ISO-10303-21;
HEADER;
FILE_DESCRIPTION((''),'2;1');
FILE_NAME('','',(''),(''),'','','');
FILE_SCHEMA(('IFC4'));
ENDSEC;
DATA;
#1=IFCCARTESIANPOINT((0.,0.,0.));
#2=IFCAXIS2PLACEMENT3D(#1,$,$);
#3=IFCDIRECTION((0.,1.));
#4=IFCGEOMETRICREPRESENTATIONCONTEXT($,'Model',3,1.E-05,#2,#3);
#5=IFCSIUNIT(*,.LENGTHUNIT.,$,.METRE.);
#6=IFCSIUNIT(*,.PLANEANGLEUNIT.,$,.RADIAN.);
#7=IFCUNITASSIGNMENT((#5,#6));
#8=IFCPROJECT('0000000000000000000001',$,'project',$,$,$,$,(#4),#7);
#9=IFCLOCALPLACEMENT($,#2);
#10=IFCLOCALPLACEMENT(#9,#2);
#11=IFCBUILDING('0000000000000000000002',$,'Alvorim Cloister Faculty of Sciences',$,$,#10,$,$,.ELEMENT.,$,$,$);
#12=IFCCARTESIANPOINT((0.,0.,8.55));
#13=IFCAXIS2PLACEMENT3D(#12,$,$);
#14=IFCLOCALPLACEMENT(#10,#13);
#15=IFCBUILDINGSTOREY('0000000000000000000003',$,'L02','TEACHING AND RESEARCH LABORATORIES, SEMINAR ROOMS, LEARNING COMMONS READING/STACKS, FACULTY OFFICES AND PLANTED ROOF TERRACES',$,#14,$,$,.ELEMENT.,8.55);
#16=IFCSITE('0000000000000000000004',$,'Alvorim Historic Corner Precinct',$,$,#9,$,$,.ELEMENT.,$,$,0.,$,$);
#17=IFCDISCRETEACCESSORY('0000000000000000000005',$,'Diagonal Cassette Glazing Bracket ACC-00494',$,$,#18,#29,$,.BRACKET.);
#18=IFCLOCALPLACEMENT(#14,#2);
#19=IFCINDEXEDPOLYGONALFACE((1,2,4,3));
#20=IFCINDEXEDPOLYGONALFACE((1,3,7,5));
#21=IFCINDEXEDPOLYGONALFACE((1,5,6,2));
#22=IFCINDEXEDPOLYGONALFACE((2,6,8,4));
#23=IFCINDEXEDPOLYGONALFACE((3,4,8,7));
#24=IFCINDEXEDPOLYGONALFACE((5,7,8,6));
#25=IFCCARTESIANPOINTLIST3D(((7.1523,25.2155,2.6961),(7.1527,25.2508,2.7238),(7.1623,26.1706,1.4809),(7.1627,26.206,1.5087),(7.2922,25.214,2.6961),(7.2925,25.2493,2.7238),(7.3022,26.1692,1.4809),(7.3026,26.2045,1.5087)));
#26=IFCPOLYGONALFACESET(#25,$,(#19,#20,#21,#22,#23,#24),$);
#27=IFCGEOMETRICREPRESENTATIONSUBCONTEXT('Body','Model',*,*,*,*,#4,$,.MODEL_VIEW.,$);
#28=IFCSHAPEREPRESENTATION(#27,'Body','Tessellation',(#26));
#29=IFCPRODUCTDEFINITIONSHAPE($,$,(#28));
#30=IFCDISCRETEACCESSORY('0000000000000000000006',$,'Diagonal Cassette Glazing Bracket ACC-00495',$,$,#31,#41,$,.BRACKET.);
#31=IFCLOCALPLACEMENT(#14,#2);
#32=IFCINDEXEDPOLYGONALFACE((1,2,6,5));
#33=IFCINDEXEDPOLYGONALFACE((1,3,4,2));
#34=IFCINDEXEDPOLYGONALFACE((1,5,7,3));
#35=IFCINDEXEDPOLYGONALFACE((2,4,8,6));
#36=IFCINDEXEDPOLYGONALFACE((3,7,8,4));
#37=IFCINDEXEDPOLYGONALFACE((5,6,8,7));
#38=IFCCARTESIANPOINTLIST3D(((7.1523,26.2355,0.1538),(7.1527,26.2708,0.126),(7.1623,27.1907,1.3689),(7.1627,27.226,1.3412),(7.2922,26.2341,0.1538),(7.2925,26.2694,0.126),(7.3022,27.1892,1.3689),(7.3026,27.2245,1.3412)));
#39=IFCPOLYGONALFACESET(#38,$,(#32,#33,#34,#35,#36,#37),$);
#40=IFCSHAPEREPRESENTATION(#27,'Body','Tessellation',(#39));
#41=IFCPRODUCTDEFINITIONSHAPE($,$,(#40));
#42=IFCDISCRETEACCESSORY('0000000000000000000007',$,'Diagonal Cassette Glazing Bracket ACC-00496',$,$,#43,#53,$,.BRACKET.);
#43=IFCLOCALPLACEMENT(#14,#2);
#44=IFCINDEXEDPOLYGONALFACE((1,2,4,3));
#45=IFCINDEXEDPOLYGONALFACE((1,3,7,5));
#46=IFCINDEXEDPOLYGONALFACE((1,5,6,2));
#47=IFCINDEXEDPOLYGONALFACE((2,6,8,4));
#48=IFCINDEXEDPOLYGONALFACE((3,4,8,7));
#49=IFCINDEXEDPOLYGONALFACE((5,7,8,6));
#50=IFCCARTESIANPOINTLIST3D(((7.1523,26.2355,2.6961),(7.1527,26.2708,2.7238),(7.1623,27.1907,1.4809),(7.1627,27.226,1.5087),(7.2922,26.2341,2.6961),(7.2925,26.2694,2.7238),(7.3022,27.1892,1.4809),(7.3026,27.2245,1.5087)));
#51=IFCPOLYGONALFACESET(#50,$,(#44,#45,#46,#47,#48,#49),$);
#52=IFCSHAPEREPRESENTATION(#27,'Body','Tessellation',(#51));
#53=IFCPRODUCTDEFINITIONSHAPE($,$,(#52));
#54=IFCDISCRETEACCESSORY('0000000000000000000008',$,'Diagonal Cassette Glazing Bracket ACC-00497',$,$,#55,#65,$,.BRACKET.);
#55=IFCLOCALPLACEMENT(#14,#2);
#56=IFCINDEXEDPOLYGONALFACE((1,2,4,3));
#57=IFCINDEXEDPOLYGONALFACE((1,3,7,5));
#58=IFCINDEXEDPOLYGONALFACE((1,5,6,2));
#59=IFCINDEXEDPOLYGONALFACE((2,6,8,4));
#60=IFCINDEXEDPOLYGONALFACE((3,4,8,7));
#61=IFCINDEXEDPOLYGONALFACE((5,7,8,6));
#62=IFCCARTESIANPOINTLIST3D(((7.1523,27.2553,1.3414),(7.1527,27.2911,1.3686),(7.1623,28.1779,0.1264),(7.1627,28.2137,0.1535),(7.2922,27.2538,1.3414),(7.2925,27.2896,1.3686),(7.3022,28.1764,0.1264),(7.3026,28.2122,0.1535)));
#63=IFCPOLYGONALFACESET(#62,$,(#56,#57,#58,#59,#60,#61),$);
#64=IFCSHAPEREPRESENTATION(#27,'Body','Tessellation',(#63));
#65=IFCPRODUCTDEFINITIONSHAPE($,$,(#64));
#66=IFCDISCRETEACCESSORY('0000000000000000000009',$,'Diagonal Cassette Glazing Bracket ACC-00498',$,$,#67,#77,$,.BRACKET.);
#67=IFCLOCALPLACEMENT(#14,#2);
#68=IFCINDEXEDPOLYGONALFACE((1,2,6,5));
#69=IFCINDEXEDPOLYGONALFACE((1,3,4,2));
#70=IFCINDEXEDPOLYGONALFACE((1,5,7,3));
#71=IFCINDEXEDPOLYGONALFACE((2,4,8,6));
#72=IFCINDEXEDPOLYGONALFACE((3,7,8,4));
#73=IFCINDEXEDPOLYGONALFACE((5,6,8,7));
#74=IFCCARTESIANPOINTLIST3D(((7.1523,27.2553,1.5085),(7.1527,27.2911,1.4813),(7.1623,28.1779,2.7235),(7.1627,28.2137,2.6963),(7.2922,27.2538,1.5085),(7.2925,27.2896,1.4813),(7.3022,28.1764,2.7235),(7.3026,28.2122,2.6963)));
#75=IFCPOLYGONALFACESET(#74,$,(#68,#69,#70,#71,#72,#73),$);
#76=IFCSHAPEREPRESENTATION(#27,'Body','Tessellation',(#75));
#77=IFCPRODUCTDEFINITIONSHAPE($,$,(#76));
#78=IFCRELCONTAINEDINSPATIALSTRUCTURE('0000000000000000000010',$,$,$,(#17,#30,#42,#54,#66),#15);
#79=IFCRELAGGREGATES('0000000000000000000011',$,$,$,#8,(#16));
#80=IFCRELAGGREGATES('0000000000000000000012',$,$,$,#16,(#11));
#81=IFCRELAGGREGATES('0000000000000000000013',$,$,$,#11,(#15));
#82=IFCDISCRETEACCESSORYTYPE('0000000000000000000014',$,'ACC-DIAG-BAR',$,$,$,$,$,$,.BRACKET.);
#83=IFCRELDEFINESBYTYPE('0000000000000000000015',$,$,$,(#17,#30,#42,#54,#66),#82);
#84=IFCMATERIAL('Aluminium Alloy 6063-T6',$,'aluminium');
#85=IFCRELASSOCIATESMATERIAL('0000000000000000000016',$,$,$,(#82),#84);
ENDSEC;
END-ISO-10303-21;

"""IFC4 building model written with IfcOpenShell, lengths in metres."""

from ifc_helpers import new_model, si_unit, direction, frame, origin, origin_2d, place, context, subcontext, project, spatial, rectangle, extrude, material, type_object, element, save


model = new_model("IFC4")

# Units and contexts
model_context = context("Model", 3, precision=1e-05, world=origin(), true_north=direction((0.0, 1.0)))
body_context = subcontext(model_context, "Body", "Model", "MODEL_VIEW")
ifc_project = project(units=[si_unit("LENGTHUNIT", "METRE"), si_unit("PLANEANGLEUNIT", "RADIAN")], contexts=[model_context])

# Site, building, storey
site_placement = place(None, origin())
site = spatial("IfcSite", under=ifc_project, at=site_placement, Name="Alvorim Historic Corner Precinct", CompositionType="ELEMENT", RefElevation=0.0)
building_placement = place(site_placement, origin())
building = spatial("IfcBuilding", under=site, at=building_placement, Name="Alvorim Cloister Faculty of Sciences", CompositionType="ELEMENT")
storey_placement = place(building_placement, frame((0.0, 0.0, 8.55)))
storey = spatial("IfcBuildingStorey", under=building, at=storey_placement, Name="L02", Description="TEACHING AND RESEARCH LABORATORIES, SEMINAR ROOMS, LEARNING COMMONS READING/STACKS, FACULTY OFFICES AND PLANTED ROOF TERRACES", CompositionType="ELEMENT", Elevation=8.55)

# Shared definitions
ifc_material_1 = material(Name="Aluminium Alloy 6063-T6", Category="aluminium")

# Discrete accessories
discrete_accessory_type = type_object("IfcDiscreteAccessoryType", Name="ACC-DIAG-BAR", PredefinedType="BRACKET", material=ifc_material_1)
for number, where, z_axis, x_axis, name in (
    (1, (7.2224, 25.2324, 2.71), (0.006477, 0.617955, -0.786187), (-0.999945, 0.01048, 0.0), "Diagonal Cassette Glazing Bracket ACC-00494"),
    (2, (7.2224, 26.2524, 0.1399), (0.006477, 0.617955, 0.786187), (-0.999945, 0.01048, 0.0), "Diagonal Cassette Glazing Bracket ACC-00495"),
    (3, (7.2224, 26.2524, 2.71), (0.006477, 0.617955, -0.786187), (-0.999945, 0.01048, 0.0), "Diagonal Cassette Glazing Bracket ACC-00496"),
):
    element("IfcDiscreteAccessory", number, at=place(storey_placement, frame(where, z_axis=z_axis, x_axis=x_axis)), inside=storey, type_object=discrete_accessory_type, Name=name, PredefinedType="BRACKET", context=body_context, shape_type="SweptSolid", body=[
        extrude(rectangle(XDim=0.1399, YDim=0.0449, at=origin_2d()), origin(), (0.0, 0.0, 1.0), 1.5457),
    ])
for number, where, z_axis, x_axis, name in (
    (4, (7.2224, 27.2725, 1.355), (0.006561, 0.604713, -0.796416), (-0.999941, 0.010849, 0.0), "Diagonal Cassette Glazing Bracket ACC-00497"),
    (5, (7.2224, 27.2725, 1.4949), (0.006561, 0.604713, 0.796416), (-0.999941, 0.010849, 0.0), "Diagonal Cassette Glazing Bracket ACC-00498"),
):
    element("IfcDiscreteAccessory", number, at=place(storey_placement, frame(where, z_axis=z_axis, x_axis=x_axis)), inside=storey, type_object=discrete_accessory_type, Name=name, PredefinedType="BRACKET", context=body_context, shape_type="SweptSolid", body=[
        extrude(rectangle(XDim=0.1399, YDim=0.0449, at=origin_2d()), origin(), (0.0, 0.0, 1.0), 1.5256),
    ])

save(model, "model.ifc")
